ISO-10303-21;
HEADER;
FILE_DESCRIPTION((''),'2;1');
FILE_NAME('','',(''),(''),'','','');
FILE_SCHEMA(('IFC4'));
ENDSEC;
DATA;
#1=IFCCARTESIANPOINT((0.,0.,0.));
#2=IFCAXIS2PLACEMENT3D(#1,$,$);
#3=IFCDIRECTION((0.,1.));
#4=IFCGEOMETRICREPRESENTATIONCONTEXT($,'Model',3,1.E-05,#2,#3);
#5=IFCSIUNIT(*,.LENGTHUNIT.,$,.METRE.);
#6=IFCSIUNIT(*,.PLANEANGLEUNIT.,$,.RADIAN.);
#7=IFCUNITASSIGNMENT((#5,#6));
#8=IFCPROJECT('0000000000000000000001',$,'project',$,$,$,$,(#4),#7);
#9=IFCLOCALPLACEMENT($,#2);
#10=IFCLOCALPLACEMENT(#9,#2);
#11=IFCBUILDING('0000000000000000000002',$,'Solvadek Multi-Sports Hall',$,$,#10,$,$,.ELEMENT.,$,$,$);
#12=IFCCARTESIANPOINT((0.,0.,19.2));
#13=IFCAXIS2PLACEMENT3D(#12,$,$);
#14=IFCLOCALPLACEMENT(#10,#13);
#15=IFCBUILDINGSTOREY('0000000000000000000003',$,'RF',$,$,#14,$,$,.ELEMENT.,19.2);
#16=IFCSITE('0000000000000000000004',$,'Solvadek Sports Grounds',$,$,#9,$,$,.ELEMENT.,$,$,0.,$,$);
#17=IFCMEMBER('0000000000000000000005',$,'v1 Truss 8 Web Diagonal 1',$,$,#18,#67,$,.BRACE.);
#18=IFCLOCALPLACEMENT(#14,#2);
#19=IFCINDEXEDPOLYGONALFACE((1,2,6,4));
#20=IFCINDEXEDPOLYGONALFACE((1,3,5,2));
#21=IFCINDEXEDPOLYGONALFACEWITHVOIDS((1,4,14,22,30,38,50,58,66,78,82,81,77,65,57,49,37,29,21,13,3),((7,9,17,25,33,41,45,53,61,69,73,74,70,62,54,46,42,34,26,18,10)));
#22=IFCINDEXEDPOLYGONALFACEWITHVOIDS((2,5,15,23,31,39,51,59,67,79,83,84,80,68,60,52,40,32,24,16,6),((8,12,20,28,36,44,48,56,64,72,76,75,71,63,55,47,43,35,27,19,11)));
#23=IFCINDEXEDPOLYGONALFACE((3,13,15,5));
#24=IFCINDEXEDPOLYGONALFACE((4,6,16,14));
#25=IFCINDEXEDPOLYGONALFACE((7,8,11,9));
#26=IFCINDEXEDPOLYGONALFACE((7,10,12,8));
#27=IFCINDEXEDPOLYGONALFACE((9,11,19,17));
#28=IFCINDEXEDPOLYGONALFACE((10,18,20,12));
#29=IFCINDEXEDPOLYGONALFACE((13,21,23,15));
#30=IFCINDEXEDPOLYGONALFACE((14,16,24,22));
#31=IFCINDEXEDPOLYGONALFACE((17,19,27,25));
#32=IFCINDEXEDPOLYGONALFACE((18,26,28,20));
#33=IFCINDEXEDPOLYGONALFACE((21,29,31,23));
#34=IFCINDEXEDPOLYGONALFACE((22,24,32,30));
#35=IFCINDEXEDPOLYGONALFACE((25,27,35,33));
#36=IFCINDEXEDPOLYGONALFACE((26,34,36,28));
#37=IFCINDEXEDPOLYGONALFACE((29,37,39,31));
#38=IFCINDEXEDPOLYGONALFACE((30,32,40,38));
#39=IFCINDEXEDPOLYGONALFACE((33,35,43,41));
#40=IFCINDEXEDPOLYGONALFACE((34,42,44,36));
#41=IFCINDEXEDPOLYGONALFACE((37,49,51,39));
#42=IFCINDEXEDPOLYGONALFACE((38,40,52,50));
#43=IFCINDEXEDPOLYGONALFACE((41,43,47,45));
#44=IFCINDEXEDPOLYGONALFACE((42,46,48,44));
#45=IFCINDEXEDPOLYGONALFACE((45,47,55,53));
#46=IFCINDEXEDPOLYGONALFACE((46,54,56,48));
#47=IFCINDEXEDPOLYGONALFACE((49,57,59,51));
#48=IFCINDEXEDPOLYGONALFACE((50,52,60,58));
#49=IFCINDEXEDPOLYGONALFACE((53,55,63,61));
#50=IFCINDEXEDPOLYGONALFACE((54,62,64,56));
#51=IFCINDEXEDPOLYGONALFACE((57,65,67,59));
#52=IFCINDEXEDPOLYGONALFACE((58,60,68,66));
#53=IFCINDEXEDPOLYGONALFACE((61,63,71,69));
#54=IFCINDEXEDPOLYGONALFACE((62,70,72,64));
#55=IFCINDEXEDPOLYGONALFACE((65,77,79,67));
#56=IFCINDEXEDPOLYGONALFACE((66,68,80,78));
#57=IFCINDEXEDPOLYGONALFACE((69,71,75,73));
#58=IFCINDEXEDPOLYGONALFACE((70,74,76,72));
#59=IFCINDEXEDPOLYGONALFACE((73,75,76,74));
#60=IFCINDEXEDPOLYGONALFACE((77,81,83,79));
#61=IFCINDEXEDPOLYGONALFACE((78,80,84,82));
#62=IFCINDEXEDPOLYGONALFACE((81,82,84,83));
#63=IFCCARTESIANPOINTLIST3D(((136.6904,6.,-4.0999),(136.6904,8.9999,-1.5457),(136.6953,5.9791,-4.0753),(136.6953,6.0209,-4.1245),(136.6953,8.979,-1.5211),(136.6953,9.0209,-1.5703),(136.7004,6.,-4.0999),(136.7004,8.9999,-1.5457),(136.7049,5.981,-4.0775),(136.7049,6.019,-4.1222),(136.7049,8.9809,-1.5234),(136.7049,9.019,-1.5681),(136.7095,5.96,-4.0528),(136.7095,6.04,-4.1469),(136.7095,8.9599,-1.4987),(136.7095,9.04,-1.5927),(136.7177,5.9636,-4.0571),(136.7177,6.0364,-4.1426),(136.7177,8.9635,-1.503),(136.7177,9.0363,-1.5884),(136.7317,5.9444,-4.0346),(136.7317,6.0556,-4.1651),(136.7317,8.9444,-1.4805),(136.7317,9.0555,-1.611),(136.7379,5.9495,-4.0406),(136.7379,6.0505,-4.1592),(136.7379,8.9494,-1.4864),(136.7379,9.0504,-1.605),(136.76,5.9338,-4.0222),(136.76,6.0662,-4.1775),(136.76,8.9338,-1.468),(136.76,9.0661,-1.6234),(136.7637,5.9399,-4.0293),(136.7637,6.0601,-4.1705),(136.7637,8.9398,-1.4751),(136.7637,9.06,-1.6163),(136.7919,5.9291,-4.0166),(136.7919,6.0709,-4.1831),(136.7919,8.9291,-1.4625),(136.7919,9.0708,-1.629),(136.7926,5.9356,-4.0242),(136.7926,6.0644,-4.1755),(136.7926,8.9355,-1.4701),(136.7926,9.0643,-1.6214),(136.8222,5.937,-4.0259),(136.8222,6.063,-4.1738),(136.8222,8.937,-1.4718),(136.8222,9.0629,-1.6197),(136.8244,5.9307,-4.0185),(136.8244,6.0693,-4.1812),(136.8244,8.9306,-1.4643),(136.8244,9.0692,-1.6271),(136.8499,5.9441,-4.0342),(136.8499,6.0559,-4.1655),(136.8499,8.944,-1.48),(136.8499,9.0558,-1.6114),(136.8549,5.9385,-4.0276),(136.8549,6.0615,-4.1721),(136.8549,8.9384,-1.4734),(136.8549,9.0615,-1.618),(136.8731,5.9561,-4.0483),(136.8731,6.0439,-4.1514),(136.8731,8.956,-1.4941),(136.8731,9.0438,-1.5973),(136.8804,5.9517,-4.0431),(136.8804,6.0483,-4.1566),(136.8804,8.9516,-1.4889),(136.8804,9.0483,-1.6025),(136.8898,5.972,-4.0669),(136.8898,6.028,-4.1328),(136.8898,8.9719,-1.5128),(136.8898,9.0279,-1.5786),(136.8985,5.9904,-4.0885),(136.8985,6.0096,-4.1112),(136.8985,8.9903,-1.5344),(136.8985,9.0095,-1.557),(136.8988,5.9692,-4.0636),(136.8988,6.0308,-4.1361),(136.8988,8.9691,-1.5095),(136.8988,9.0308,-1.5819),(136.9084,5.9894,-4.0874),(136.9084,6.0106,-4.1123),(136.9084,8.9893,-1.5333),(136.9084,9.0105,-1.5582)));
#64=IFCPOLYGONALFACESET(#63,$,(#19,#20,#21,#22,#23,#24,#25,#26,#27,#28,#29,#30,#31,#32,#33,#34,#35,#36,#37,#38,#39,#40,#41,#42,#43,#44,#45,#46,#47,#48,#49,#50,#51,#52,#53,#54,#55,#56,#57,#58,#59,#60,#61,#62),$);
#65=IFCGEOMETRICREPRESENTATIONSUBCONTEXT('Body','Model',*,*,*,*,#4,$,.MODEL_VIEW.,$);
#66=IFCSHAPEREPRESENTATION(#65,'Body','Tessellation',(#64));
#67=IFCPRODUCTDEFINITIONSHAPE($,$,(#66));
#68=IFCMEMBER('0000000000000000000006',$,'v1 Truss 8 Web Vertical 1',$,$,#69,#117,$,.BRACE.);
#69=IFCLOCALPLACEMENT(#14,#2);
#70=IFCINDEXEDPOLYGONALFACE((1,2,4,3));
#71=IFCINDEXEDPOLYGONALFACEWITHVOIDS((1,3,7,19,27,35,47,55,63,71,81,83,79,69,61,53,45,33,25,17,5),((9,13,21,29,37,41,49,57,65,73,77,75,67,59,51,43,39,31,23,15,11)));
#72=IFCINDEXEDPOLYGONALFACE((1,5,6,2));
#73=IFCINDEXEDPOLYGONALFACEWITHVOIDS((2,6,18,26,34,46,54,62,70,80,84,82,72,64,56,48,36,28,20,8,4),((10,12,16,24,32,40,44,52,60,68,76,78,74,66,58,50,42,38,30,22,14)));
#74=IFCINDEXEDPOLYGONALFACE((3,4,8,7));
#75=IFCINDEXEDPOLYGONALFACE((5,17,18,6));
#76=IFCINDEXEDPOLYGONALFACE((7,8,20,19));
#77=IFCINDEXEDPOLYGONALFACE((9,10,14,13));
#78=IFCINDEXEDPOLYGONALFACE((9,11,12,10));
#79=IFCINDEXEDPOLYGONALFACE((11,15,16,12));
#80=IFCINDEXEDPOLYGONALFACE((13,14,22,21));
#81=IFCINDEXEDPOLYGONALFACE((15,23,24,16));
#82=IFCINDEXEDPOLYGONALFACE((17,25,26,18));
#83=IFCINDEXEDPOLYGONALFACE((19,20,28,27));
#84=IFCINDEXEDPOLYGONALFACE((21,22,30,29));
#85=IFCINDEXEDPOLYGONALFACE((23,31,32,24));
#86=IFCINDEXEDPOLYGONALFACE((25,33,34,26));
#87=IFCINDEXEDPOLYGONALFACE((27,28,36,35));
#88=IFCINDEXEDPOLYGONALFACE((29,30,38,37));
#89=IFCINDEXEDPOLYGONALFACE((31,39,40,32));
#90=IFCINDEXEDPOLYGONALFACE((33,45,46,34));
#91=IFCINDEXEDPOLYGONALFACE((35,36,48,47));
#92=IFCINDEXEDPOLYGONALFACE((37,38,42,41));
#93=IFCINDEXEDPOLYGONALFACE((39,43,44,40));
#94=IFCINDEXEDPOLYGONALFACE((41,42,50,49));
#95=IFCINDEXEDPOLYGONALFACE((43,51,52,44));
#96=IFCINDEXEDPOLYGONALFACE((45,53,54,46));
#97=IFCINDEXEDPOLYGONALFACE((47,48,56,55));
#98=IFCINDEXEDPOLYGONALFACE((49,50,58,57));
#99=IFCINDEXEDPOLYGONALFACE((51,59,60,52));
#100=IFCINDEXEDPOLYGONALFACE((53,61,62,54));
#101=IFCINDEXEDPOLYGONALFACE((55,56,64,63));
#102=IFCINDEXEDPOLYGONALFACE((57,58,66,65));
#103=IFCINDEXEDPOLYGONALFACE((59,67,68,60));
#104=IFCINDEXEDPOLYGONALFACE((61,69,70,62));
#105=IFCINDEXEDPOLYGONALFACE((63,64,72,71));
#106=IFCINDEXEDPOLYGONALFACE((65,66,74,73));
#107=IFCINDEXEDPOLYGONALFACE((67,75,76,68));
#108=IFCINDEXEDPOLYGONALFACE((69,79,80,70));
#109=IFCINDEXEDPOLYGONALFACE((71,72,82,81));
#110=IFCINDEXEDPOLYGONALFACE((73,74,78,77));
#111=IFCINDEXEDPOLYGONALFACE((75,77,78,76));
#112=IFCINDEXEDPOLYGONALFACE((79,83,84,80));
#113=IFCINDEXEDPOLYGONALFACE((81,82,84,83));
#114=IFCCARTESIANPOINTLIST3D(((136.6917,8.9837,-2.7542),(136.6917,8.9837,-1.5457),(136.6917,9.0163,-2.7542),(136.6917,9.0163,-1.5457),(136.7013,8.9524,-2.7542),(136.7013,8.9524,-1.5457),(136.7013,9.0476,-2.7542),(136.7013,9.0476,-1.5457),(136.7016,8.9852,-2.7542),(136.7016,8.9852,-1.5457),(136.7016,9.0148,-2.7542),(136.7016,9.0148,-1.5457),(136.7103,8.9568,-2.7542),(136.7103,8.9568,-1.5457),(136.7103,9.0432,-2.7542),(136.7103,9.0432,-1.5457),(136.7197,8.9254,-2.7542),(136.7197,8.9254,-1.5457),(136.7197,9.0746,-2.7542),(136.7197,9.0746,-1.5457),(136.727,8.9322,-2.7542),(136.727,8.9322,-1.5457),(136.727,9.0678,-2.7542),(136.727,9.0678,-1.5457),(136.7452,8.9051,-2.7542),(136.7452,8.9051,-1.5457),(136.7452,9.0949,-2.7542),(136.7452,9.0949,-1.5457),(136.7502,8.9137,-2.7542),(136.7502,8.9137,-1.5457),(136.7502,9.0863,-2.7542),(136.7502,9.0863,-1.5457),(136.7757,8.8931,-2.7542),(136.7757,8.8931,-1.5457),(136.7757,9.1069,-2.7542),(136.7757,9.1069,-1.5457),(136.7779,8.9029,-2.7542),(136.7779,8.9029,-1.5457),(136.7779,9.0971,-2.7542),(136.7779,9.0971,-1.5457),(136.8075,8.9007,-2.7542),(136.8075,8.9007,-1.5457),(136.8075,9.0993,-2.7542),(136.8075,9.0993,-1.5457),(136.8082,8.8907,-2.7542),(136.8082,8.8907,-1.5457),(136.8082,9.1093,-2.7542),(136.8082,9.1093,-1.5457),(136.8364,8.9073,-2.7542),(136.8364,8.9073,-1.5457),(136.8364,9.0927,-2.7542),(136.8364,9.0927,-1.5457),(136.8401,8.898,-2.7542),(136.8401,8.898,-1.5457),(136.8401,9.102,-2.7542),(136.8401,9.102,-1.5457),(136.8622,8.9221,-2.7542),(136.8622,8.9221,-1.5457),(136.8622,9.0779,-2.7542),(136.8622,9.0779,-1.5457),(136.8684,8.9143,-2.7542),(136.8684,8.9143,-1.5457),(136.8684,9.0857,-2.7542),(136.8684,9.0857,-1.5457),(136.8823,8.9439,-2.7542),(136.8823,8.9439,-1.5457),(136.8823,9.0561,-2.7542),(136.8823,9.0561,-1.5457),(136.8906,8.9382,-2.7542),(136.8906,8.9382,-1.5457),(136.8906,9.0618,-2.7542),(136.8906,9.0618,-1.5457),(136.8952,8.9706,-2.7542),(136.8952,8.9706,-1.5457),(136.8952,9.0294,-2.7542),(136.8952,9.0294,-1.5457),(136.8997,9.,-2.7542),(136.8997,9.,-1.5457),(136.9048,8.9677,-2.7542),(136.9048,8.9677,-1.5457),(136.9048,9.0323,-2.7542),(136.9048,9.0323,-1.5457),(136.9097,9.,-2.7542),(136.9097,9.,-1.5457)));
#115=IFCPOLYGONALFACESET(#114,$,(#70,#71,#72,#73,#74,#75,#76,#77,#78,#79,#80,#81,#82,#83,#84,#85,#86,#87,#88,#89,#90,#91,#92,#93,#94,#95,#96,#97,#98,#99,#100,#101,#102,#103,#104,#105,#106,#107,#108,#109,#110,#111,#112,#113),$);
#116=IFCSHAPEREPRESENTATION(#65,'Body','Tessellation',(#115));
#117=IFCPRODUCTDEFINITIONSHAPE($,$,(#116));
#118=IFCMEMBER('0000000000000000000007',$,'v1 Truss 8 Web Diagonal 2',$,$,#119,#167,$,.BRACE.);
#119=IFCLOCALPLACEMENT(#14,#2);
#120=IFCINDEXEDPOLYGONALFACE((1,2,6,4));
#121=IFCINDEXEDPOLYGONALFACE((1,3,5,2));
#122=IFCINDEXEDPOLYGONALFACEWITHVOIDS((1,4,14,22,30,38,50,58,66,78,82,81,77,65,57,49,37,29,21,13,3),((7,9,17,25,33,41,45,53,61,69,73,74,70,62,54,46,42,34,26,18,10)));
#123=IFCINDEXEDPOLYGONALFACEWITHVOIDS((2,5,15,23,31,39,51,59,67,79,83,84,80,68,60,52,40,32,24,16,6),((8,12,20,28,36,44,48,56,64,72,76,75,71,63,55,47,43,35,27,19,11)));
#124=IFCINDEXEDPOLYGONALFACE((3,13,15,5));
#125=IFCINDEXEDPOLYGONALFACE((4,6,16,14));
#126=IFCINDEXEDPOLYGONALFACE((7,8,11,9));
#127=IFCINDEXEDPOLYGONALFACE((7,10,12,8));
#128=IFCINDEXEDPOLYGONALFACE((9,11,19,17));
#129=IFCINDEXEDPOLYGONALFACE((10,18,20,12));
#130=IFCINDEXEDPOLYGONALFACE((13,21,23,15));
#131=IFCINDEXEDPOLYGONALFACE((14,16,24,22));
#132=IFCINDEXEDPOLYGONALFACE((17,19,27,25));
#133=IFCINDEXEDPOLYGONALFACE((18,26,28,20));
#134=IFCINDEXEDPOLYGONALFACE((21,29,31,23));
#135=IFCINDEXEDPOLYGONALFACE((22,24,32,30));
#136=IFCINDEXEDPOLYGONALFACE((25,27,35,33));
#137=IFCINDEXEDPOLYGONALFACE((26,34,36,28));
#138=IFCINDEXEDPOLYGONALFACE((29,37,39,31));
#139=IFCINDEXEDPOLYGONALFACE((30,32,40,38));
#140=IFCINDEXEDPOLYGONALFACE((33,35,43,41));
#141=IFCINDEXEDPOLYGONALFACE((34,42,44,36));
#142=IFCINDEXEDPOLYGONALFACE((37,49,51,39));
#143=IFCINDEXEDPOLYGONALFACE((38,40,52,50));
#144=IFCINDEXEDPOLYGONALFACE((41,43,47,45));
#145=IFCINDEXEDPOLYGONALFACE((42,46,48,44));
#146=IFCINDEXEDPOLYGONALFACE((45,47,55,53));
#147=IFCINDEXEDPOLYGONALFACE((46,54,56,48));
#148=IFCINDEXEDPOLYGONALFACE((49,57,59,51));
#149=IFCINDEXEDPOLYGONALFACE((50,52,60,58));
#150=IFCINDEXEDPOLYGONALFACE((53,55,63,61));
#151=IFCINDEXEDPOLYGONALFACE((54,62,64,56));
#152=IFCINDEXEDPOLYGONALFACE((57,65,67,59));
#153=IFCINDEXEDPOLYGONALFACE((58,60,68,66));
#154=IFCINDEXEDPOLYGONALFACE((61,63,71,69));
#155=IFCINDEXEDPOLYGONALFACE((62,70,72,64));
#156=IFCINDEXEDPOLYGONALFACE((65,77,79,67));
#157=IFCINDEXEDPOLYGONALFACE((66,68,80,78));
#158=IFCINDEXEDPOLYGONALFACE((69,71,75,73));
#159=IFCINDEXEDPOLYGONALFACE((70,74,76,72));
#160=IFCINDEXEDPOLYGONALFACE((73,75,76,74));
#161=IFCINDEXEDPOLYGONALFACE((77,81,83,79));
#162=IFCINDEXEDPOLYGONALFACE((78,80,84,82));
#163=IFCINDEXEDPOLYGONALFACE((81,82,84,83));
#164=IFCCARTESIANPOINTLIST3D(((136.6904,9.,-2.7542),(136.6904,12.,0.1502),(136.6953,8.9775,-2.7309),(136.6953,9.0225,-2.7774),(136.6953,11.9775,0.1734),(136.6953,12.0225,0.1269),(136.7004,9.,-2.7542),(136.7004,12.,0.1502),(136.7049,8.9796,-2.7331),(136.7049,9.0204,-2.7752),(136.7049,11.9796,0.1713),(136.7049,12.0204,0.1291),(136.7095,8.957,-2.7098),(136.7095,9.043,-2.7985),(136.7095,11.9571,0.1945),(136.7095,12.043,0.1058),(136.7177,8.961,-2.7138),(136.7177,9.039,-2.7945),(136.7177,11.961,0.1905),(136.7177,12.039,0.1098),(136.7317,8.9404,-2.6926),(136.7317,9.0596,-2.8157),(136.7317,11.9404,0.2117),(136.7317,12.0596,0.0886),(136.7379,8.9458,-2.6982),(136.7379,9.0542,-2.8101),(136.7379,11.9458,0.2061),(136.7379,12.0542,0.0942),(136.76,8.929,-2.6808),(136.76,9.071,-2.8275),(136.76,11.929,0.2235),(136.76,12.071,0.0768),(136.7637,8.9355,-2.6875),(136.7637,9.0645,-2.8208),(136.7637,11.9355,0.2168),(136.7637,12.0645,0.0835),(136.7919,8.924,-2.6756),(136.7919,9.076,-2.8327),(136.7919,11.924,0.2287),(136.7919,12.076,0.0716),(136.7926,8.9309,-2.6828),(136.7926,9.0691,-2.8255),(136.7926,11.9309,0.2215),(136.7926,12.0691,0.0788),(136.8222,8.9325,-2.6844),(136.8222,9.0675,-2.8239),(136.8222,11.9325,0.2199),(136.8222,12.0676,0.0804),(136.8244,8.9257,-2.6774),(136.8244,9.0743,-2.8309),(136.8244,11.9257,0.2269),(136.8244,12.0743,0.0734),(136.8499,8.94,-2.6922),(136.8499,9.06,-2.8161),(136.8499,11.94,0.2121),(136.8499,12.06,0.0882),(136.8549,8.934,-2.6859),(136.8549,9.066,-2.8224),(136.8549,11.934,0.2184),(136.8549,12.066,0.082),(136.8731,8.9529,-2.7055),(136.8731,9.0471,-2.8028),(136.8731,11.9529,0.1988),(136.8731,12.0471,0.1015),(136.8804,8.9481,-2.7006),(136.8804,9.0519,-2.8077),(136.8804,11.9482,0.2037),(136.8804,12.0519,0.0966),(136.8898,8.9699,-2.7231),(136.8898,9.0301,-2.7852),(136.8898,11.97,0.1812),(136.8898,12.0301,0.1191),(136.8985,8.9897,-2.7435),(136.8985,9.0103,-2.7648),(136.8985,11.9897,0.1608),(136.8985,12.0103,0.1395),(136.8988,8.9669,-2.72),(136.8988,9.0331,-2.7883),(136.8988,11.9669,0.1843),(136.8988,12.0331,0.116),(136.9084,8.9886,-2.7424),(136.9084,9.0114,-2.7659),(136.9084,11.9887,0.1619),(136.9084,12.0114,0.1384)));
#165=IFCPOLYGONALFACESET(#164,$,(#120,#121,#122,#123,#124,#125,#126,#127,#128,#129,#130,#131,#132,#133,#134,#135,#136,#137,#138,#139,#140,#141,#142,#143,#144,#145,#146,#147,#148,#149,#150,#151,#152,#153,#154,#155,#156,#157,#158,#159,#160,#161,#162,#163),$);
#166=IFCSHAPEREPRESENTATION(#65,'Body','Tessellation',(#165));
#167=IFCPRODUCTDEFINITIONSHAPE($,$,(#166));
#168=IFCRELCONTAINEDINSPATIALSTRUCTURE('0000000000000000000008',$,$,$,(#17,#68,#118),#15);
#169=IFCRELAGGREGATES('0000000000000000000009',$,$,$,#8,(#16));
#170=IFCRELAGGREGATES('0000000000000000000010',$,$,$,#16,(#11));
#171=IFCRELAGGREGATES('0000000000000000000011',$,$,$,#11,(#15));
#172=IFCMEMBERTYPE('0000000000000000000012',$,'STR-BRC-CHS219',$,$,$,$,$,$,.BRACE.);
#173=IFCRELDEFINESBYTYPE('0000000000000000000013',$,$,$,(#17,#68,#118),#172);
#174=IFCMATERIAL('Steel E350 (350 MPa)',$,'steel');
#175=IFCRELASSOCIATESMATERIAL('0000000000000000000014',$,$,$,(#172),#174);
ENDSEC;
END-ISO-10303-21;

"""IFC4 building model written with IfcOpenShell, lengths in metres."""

from ifc_helpers import new_model, si_unit, direction, frame, origin, origin_2d, place, context, subcontext, project, spatial, hollow_circle, extrude, material, material_profile, profile_set, type_object, element, save


model = new_model("IFC4")

# Units and contexts
model_context = context("Model", 3, precision=1e-05, world=origin(), true_north=direction((0.0, 1.0)))
body_context = subcontext(model_context, "Body", "Model", "MODEL_VIEW")
ifc_project = project(units=[si_unit("LENGTHUNIT", "METRE"), si_unit("PLANEANGLEUNIT", "RADIAN")], contexts=[model_context])

# Site, building, storey
site_placement = place(None, origin())
site = spatial("IfcSite", under=ifc_project, at=site_placement, Name="Solvadek Sports Grounds", CompositionType="ELEMENT", RefElevation=0.0)
building_placement = place(site_placement, origin())
building = spatial("IfcBuilding", under=site, at=building_placement, Name="Solvadek Multi-Sports Hall", CompositionType="ELEMENT")
storey_placement = place(building_placement, frame((0.0, 0.0, 19.2)))
storey = spatial("IfcBuildingStorey", under=building, at=storey_placement, Name="RF", CompositionType="ELEMENT", Elevation=19.2)

# Shared definitions
ifc_material_1 = material(Name="Steel E350 (350 MPa)", Category="steel")

# Members
ifc_material_profile_1 = material_profile(ifc_material_1, hollow_circle(Radius=0.1096, WallThickness=0.01, at=origin_2d()), Name="CHS 219.1x10")
ifc_profile_set_1 = profile_set([ifc_material_profile_1], Name="Steel E350 (350 MPa)")
member_type_1 = type_object("IfcMemberType", Name="STR-BRC-CHS219", PredefinedType="BRACE", material=ifc_profile_set_1)
member_1_placement = place(storey_placement, frame((136.8, 6.0, -4.0999), z_axis=(0.0, 0.761413, 0.648267), x_axis=(-1.0, 0.0, 0.0)))
element("IfcMember", 1, at=member_1_placement, inside=storey, type_object=member_type_1, Name="v1 Truss 8 Web Diagonal 1", PredefinedType="BRACE", context=body_context, shape_type="SweptSolid", body=[
    extrude(hollow_circle(Radius=0.1096, WallThickness=0.01, at=origin_2d()), origin(), (0.0, 0.0, 1.0), 3.9399),
])
member_2_placement = place(storey_placement, frame((136.8, 9.0, -2.7542), z_axis=(0.0, 0.0, 1.0), x_axis=(1.0, 0.0, 0.0)))
element("IfcMember", 2, at=member_2_placement, inside=storey, type_object=member_type_1, Name="v1 Truss 8 Web Vertical 1", PredefinedType="BRACE", context=body_context, shape_type="SweptSolid", body=[
    extrude(hollow_circle(Radius=0.1096, WallThickness=0.01, at=origin_2d()), origin(), (0.0, 0.0, 1.0), 1.2085),
])
member_3_placement = place(storey_placement, frame((136.8, 9.0, -2.7542), z_axis=(0.0, 0.718474, 0.695554), x_axis=(-1.0, 0.0, 0.0)))
element("IfcMember", 3, at=member_3_placement, inside=storey, type_object=member_type_1, Name="v1 Truss 8 Web Diagonal 2", PredefinedType="BRACE", context=body_context, shape_type="SweptSolid", body=[
    extrude(hollow_circle(Radius=0.1096, WallThickness=0.01, at=origin_2d()), origin(), (0.0, 0.0, 1.0), 4.1755),
])

save(model, "model.ifc")
